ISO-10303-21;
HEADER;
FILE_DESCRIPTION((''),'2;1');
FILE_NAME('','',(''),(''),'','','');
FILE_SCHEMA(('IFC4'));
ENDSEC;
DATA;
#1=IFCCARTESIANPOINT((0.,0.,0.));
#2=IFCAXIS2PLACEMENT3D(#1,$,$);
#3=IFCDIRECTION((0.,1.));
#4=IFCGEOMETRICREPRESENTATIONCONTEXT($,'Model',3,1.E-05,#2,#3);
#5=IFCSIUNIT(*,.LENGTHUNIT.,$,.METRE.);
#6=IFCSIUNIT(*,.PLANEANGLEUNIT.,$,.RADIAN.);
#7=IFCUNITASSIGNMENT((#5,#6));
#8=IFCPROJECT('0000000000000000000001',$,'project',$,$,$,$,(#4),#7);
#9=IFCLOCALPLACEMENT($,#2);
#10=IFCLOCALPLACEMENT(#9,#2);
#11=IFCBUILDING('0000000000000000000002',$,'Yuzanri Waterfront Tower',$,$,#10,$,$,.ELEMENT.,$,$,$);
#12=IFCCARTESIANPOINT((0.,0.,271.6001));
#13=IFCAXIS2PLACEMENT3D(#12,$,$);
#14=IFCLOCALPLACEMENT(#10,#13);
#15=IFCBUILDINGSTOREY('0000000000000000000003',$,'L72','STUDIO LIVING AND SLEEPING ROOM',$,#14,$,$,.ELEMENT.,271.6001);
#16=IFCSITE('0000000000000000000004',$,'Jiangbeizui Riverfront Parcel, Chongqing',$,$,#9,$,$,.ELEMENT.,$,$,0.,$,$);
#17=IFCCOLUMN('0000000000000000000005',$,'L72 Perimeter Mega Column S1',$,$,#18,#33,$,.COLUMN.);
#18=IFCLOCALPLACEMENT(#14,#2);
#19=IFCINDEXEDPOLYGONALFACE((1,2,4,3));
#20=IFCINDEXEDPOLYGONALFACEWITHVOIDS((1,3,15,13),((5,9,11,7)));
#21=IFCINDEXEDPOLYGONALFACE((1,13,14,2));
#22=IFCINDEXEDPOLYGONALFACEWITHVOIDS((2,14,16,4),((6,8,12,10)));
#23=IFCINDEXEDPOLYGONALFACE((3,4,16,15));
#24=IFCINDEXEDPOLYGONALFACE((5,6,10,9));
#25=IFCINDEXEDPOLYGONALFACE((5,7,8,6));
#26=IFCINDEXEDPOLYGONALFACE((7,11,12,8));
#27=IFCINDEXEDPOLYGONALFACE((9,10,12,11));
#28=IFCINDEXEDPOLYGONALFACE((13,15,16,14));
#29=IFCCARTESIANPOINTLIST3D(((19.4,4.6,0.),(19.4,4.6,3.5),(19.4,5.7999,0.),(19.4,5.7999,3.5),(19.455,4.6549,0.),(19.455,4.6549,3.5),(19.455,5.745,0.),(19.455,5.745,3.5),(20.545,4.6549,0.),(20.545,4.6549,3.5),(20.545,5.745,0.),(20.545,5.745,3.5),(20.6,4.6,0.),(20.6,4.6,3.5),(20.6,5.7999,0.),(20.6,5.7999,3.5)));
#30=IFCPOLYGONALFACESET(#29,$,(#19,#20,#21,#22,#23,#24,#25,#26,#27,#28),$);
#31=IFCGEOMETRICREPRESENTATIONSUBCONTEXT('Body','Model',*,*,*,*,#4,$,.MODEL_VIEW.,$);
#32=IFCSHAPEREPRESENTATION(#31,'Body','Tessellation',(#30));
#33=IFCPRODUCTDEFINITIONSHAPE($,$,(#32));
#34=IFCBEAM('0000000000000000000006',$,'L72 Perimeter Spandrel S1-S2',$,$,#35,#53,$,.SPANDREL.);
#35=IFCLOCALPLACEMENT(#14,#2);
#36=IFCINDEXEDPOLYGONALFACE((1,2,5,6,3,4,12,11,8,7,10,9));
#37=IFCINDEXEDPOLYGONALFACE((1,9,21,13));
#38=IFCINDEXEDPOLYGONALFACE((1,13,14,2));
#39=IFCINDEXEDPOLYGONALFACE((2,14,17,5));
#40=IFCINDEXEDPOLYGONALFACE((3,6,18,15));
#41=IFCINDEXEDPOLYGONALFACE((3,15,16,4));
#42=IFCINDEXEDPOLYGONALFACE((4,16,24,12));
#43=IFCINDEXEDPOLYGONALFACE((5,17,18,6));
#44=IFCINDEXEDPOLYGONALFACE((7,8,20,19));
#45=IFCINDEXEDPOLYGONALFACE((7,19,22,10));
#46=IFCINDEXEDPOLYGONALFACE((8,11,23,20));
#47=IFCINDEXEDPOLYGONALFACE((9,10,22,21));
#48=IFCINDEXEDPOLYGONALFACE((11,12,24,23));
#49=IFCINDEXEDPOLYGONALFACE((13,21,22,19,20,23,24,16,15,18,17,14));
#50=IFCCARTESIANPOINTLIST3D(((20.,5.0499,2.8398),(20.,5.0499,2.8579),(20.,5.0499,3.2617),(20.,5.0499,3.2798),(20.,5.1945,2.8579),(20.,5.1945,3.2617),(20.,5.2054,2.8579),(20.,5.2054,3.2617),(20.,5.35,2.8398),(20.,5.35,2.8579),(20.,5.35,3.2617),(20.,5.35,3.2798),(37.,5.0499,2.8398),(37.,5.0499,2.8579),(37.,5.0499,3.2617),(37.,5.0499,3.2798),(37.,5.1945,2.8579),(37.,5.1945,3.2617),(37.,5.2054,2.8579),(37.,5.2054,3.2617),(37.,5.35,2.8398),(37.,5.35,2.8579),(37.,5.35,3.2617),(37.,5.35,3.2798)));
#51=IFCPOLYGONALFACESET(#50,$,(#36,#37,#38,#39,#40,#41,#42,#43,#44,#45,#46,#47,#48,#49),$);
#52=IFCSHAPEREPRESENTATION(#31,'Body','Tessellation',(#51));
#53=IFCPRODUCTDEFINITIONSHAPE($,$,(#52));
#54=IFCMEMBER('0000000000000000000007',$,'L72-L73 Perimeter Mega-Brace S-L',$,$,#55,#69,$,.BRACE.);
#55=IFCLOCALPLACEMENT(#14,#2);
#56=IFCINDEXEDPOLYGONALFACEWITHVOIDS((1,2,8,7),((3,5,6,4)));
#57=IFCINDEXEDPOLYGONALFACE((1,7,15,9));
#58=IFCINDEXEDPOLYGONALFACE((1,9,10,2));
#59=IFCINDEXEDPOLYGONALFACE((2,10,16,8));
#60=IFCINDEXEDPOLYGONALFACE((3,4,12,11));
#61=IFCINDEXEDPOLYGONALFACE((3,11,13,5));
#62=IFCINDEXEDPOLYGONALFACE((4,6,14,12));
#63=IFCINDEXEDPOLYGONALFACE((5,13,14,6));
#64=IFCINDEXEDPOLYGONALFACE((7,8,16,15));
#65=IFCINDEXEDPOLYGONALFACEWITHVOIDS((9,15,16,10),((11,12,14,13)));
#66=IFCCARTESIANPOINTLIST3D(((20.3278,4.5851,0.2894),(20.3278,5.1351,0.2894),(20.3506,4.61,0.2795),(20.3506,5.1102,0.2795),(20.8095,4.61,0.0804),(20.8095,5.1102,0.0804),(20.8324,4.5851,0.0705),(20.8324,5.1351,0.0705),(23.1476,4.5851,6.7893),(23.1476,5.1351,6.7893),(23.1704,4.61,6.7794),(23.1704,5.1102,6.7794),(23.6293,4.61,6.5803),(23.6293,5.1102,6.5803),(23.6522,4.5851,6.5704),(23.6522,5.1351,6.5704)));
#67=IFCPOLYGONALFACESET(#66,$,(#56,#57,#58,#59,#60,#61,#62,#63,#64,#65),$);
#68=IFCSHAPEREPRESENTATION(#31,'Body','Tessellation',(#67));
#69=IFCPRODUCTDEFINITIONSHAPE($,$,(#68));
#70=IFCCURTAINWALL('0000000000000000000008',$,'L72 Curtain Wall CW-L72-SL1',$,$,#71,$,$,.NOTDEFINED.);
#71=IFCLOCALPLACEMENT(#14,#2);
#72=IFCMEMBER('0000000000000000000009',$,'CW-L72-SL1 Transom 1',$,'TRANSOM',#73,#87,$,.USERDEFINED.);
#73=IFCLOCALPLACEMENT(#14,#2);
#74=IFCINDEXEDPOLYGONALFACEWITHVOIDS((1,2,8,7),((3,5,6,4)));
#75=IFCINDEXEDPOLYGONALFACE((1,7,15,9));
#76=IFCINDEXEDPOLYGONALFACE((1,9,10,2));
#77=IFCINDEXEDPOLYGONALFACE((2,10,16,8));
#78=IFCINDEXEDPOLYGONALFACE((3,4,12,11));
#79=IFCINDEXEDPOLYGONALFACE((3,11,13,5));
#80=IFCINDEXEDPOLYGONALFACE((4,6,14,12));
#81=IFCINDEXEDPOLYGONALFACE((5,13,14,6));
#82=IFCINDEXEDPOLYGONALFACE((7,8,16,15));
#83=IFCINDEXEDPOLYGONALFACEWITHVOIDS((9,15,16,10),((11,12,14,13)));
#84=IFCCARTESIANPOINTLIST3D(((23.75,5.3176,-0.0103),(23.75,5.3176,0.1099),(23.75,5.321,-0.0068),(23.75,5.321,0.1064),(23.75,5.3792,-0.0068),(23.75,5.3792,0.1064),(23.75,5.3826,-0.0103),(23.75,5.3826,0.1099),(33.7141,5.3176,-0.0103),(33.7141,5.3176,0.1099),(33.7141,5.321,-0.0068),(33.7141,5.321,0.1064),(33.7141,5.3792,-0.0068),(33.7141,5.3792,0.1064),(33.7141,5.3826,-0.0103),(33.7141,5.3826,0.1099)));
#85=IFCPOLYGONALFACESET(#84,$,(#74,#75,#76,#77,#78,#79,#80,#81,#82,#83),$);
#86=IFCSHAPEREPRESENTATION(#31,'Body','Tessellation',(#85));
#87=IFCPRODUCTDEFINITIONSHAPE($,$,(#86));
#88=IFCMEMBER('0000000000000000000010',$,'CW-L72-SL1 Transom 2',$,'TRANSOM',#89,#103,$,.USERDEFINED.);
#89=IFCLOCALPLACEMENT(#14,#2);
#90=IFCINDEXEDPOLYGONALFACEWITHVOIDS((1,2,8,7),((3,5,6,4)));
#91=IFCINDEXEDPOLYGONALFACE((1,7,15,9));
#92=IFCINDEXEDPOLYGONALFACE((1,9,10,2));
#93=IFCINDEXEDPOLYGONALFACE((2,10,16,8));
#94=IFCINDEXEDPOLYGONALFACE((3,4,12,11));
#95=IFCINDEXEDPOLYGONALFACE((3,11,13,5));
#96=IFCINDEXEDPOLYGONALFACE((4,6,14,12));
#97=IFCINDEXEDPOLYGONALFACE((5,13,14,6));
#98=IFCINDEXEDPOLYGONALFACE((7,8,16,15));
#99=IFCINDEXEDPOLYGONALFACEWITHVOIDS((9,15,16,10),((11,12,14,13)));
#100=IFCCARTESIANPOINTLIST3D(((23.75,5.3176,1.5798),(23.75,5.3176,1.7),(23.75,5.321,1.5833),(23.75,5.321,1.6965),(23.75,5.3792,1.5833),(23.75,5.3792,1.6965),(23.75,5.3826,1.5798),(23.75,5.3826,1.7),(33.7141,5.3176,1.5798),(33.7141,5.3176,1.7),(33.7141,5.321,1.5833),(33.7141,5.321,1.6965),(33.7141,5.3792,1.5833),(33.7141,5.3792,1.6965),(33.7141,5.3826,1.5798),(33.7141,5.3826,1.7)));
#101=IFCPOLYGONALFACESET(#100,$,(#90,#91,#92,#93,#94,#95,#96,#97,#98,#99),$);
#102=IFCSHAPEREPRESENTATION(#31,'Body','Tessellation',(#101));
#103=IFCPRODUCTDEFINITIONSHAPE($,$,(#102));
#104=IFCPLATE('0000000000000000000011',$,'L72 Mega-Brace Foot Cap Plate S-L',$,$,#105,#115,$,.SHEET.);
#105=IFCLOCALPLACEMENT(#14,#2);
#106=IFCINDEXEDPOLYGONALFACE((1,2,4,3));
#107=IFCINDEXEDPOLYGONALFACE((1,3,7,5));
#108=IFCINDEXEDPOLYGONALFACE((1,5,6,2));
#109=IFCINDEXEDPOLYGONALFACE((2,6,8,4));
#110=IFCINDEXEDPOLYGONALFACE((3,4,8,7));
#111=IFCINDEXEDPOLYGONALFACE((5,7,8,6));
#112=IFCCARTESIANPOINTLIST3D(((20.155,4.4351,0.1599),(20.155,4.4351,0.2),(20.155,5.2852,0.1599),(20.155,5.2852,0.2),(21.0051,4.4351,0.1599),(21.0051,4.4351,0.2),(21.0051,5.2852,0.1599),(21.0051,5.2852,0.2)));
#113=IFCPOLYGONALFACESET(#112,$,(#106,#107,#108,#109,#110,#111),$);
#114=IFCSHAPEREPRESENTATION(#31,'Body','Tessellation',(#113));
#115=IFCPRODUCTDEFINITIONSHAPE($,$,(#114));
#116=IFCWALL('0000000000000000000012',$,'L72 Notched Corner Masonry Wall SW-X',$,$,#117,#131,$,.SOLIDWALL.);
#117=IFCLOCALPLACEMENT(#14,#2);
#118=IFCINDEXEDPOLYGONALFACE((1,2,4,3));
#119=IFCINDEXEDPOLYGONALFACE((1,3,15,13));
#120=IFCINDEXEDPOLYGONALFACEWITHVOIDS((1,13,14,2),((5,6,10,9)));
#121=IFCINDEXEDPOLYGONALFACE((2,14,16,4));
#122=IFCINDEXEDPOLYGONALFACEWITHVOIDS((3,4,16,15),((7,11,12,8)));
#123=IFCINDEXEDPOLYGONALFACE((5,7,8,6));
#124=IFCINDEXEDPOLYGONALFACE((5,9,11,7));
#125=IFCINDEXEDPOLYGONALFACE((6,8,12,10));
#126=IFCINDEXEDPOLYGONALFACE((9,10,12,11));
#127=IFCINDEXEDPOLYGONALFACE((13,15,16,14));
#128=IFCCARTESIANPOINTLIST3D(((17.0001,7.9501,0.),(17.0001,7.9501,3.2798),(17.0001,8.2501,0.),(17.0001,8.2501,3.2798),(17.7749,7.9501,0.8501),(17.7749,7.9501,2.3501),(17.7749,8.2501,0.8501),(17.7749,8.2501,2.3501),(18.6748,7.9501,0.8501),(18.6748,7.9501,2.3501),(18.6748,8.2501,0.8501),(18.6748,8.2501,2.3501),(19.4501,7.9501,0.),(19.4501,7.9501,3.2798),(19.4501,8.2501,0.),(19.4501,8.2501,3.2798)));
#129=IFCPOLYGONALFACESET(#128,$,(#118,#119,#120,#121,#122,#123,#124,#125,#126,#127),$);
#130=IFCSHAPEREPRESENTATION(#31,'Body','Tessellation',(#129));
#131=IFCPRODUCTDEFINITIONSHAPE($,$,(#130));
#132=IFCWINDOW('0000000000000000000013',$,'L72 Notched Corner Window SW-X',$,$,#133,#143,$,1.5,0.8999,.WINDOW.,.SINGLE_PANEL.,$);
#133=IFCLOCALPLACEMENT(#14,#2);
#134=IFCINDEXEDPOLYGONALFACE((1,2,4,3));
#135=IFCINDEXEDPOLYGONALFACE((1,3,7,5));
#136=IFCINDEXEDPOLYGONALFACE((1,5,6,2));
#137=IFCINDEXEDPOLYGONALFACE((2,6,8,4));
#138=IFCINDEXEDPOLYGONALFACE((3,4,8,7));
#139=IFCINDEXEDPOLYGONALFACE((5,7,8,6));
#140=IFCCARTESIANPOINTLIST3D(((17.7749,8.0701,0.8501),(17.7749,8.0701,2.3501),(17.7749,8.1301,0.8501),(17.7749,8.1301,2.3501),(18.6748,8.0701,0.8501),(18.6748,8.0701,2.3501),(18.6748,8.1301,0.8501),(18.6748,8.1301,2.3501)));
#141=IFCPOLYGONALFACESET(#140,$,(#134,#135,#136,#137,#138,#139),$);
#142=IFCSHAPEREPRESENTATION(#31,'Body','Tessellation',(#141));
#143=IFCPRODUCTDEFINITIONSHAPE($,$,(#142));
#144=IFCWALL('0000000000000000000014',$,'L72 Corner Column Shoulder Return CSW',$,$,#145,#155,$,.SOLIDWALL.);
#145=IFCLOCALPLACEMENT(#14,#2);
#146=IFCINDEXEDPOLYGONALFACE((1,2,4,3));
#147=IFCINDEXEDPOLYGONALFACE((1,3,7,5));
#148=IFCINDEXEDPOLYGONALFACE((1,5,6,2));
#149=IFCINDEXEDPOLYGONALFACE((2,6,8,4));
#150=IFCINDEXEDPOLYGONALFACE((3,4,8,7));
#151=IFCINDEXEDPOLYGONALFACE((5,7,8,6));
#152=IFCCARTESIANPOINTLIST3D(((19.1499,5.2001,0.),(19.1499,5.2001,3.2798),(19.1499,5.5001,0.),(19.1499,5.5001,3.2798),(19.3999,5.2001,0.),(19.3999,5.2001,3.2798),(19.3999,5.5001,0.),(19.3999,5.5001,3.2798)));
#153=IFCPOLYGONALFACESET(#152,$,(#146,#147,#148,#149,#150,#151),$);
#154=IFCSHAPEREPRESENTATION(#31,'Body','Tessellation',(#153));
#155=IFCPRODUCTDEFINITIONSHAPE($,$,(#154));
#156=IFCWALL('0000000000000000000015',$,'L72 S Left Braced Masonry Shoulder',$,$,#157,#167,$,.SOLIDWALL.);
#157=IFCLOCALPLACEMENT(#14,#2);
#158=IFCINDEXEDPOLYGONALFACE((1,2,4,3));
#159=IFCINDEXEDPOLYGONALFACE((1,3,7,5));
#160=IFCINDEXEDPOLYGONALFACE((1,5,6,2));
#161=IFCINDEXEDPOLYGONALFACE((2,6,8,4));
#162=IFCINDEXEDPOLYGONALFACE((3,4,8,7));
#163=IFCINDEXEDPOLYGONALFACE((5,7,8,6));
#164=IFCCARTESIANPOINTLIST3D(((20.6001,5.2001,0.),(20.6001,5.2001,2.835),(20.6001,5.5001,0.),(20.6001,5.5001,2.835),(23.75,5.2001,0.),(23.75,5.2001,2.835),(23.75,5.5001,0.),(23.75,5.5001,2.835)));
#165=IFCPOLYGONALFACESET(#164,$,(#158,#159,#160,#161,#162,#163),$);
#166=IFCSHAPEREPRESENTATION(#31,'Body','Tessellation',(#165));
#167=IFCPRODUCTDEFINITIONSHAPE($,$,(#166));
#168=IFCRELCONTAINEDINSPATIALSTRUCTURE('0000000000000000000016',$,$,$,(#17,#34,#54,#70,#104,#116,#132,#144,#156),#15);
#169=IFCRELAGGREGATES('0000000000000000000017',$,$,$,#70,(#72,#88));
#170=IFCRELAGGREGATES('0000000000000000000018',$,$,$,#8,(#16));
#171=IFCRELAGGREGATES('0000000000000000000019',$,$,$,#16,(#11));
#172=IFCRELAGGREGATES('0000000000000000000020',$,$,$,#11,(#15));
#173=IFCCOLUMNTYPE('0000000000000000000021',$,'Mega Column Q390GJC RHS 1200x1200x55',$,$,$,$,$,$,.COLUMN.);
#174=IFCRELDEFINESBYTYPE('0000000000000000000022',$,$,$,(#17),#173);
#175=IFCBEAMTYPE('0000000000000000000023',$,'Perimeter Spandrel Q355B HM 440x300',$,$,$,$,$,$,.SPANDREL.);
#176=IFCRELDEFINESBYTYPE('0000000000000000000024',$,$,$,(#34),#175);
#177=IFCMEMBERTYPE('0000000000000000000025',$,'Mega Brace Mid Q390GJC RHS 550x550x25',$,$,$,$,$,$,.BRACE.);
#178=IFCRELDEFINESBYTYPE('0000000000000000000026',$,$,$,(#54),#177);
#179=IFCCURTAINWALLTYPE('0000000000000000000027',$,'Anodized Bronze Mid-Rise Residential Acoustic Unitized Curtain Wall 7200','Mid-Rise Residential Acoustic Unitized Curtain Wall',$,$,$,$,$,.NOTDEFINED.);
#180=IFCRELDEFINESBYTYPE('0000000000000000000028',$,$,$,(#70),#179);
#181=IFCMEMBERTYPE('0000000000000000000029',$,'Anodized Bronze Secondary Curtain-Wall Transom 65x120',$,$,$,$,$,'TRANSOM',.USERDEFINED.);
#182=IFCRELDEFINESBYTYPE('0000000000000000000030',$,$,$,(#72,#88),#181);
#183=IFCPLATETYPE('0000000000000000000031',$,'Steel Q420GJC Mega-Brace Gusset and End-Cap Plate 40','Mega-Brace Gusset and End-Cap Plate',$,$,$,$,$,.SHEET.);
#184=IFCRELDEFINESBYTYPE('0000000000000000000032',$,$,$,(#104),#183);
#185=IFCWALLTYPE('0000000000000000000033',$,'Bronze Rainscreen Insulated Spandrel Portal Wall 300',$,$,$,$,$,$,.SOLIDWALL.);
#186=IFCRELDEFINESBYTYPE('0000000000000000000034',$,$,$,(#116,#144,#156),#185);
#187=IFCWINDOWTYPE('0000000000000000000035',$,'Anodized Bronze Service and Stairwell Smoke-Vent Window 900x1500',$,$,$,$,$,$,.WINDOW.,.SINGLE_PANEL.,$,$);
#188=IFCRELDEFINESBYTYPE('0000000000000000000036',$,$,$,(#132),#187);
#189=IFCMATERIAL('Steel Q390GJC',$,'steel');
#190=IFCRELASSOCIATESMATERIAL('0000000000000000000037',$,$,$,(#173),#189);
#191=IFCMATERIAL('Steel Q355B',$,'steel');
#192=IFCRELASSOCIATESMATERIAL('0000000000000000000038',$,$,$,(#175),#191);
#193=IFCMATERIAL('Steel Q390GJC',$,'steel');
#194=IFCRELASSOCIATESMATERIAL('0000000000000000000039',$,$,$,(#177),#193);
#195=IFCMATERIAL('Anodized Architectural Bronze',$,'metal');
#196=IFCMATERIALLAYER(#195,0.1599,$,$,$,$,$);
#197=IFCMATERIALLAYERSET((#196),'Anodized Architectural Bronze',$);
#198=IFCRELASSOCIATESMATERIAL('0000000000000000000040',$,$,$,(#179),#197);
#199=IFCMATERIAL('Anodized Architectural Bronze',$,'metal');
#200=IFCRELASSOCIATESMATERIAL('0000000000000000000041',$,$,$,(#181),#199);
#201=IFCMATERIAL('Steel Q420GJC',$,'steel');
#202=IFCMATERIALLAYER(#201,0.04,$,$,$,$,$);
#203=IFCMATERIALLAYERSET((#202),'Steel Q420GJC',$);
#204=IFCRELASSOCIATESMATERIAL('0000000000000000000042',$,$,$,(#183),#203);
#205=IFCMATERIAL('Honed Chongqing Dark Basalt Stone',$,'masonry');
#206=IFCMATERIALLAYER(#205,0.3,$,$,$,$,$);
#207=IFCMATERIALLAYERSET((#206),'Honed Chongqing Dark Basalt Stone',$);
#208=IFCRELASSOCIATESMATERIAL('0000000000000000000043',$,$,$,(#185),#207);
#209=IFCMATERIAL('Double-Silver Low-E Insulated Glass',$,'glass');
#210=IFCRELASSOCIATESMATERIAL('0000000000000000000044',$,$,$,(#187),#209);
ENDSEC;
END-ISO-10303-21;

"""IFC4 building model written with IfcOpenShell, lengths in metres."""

from ifc_helpers import new_model, si_unit, direction, frame, frame_2d, origin, origin_2d, place, context, subcontext, project, spatial, rectangle, hollow_rectangle, i_section, extrude, source, transform, mapped, material, layer, layer_set, material_profile, profile_set, type_object, element, fill, aggregate, save


model = new_model("IFC4")

# Units and contexts
model_context = context("Model", 3, precision=1e-05, world=origin(), true_north=direction((0.0, 1.0)))
body_context = subcontext(model_context, "Body", "Model", "MODEL_VIEW")
ifc_project = project(units=[si_unit("LENGTHUNIT", "METRE"), si_unit("PLANEANGLEUNIT", "RADIAN")], contexts=[model_context])

# Site, building, storey
site_placement = place(None, origin())
site = spatial("IfcSite", under=ifc_project, at=site_placement, Name="Jiangbeizui Riverfront Parcel, Chongqing", CompositionType="ELEMENT", RefElevation=0.0)
building_placement = place(site_placement, origin())
building = spatial("IfcBuilding", under=site, at=building_placement, Name="Yuzanri Waterfront Tower", CompositionType="ELEMENT")
storey_placement = place(building_placement, frame((0.0, 0.0, 271.6001)))
storey = spatial("IfcBuildingStorey", under=building, at=storey_placement, Name="L72", Description="STUDIO LIVING AND SLEEPING ROOM", CompositionType="ELEMENT", Elevation=271.6001)

# Column
ifc_material_1 = material(Name="Steel Q390GJC", Category="steel")
ifc_material_profile_1 = material_profile(ifc_material_1, hollow_rectangle(XDim=1.2, YDim=1.2, WallThickness=0.0549, at=origin_2d()), Name="RHS 1200x1200x55")
ifc_profile_set_1 = profile_set([ifc_material_profile_1], Name="Steel Q390GJC")
column_type = type_object("IfcColumnType", Name="Mega Column Q390GJC RHS 1200x1200x55", PredefinedType="COLUMN", material=ifc_profile_set_1)
shared_shape_1 = source(origin(), body_context, "Body", "SweptSolid", [
    extrude(hollow_rectangle(XDim=1.2, YDim=1.2, WallThickness=0.0549, at=origin_2d()), origin(), (0.0, 0.0, 1.0), 3.5),
])
column_placement = place(storey_placement, frame((20.0, 5.2, 0.0), z_axis=(0.0, 0.0, 1.0), x_axis=(1.0, 0.0, 0.0)))
element("IfcColumn", 1, at=column_placement, inside=storey, type_object=column_type, Name="L72 Perimeter Mega Column S1", PredefinedType="COLUMN", context=body_context, shape_type="MappedRepresentation", body=[
    mapped(shared_shape_1, transform((0.0, 0.0, 0.0), scale=1.0)),
])

# Beam
ifc_material_2 = material(Name="Steel Q355B", Category="steel")
ifc_material_profile_2 = material_profile(ifc_material_2, i_section(OverallWidth=0.3, OverallDepth=0.4399, WebThickness=0.011, FlangeThickness=0.0181, at=origin_2d()), Name="HM 440x300x11x18")
ifc_profile_set_2 = profile_set([ifc_material_profile_2], Name="Steel Q355B")
beam_type = type_object("IfcBeamType", Name="Perimeter Spandrel Q355B HM 440x300", PredefinedType="SPANDREL", material=ifc_profile_set_2)
shared_shape_2 = source(origin(), body_context, "Body", "SweptSolid", [
    extrude(i_section(OverallWidth=0.3, OverallDepth=0.4399, WebThickness=0.011, FlangeThickness=0.0181, at=origin_2d()), origin(), (0.0, 0.0, 1.0), 17.0),
])
beam_placement = place(storey_placement, frame((20.0, 5.2, 3.0598), z_axis=(1.0, 0.0, 0.0), x_axis=(0.0, 1.0, 0.0)))
element("IfcBeam", 2, at=beam_placement, inside=storey, type_object=beam_type, Name="L72 Perimeter Spandrel S1-S2", PredefinedType="SPANDREL", context=body_context, shape_type="MappedRepresentation", body=[
    mapped(shared_shape_2, transform((0.0, 0.0, 0.0), scale=1.0)),
])

# Member
ifc_material_3 = material(Name="Steel Q390GJC", Category="steel")
ifc_material_profile_3 = material_profile(ifc_material_3, hollow_rectangle(XDim=0.55, YDim=0.55, WallThickness=0.0249, at=origin_2d()), Name="RHS 550x550x25")
ifc_profile_set_3 = profile_set([ifc_material_profile_3], Name="Steel Q390GJC")
member_type_1 = type_object("IfcMemberType", Name="Mega Brace Mid Q390GJC RHS 550x550x25", PredefinedType="BRACE", material=ifc_profile_set_3)
shared_shape_3 = source(origin(), body_context, "Body", "SweptSolid", [
    extrude(hollow_rectangle(XDim=0.55, YDim=0.55, WallThickness=0.0249, at=origin_2d()), origin(), (0.0, 0.0, 1.0), 7.0852),
])
member_1_placement = place(storey_placement, frame((20.5801, 4.8601, 0.1799), z_axis=(0.397983, 0.0, 0.917393), x_axis=(0.0, 1.0, 0.0)))
element("IfcMember", 3, at=member_1_placement, inside=storey, type_object=member_type_1, Name="L72-L73 Perimeter Mega-Brace S-L", PredefinedType="BRACE", context=body_context, shape_type="MappedRepresentation", body=[
    mapped(shared_shape_3, transform((0.0, 0.0, 0.0), scale=1.0)),
])

# Curtain wall, members
ifc_material_4 = material(Name="Anodized Architectural Bronze", Category="metal")
ifc_layer_1 = layer(ifc_material_4, 0.1599)
ifc_layer_set_1 = layer_set([ifc_layer_1], Name="Anodized Architectural Bronze")
curtain_wall_type = type_object("IfcCurtainWallType", Name="Anodized Bronze Mid-Rise Residential Acoustic Unitized Curtain Wall 7200", Description="Mid-Rise Residential Acoustic Unitized Curtain Wall", PredefinedType="NOTDEFINED", material=ifc_layer_set_1)
curtain_wall_placement = place(storey_placement, origin())
curtain_wall = element("IfcCurtainWall", 4, at=curtain_wall_placement, inside=storey, type_object=curtain_wall_type, Name="L72 Curtain Wall CW-L72-SL1", PredefinedType="NOTDEFINED")
ifc_material_5 = material(Name="Anodized Architectural Bronze", Category="metal")
ifc_material_profile_4 = material_profile(ifc_material_5, hollow_rectangle(XDim=0.0649, YDim=0.1201, WallThickness=0.0034, at=origin_2d()), Name="CWT 65x120")
ifc_profile_set_4 = profile_set([ifc_material_profile_4], Name="Anodized Architectural Bronze")
member_type_2 = type_object("IfcMemberType", Name="Anodized Bronze Secondary Curtain-Wall Transom 65x120", ElementType="TRANSOM", PredefinedType="USERDEFINED", material=ifc_profile_set_4)
shared_shape_4 = source(origin(), body_context, "Body", "SweptSolid", [
    extrude(hollow_rectangle(XDim=0.0649, YDim=0.1201, WallThickness=0.0034, at=origin_2d()), origin(), (0.0, 0.0, 1.0), 9.9641),
])
member_2_placement = place(storey_placement, frame((23.75, 5.3501, 0.0498), z_axis=(1.0, 0.0, 0.0), x_axis=(0.0, 1.0, 0.0)))
member_2 = element("IfcMember", 5, at=member_2_placement, type_object=member_type_2, Name="CW-L72-SL1 Transom 1", ObjectType="TRANSOM", PredefinedType="USERDEFINED", context=body_context, shape_type="MappedRepresentation", body=[
    mapped(shared_shape_4, transform((0.0, 0.0, 0.0), scale=1.0)),
])
member_3_placement = place(storey_placement, frame((23.75, 5.3501, 1.6399), z_axis=(1.0, 0.0, 0.0), x_axis=(0.0, 1.0, 0.0)))
member_3 = element("IfcMember", 6, at=member_3_placement, type_object=member_type_2, Name="CW-L72-SL1 Transom 2", ObjectType="TRANSOM", PredefinedType="USERDEFINED", context=body_context, shape_type="MappedRepresentation", body=[
    mapped(shared_shape_4, transform((0.0, 0.0, 0.0), scale=1.0)),
])
aggregate(curtain_wall, [member_2, member_3])

# Plate
ifc_material_6 = material(Name="Steel Q420GJC", Category="steel")
ifc_layer_2 = layer(ifc_material_6, 0.04)
ifc_layer_set_2 = layer_set([ifc_layer_2], Name="Steel Q420GJC")
plate_type = type_object("IfcPlateType", Name="Steel Q420GJC Mega-Brace Gusset and End-Cap Plate 40", Description="Mega-Brace Gusset and End-Cap Plate", PredefinedType="SHEET", material=ifc_layer_set_2)
shared_shape_5 = source(origin(), body_context, "Body", "SweptSolid", [
    extrude(rectangle(XDim=0.8501, YDim=0.8501, at=origin_2d()), origin(), (0.0, 0.0, 1.0), 0.04),
])
plate_placement = place(storey_placement, frame((20.5801, 4.8601, 0.1599), z_axis=(0.0, 0.0, 1.0), x_axis=(1.0, 0.0, 0.0)))
element("IfcPlate", 7, at=plate_placement, inside=storey, type_object=plate_type, Name="L72 Mega-Brace Foot Cap Plate S-L", PredefinedType="SHEET", context=body_context, shape_type="MappedRepresentation", body=[
    mapped(shared_shape_5, transform((0.0, 0.0, 0.0), scale=1.0)),
])

# Wall, opening, window
ifc_material_7 = material(Name="Honed Chongqing Dark Basalt Stone", Category="masonry")
ifc_layer_3 = layer(ifc_material_7, 0.3)
ifc_layer_set_3 = layer_set([ifc_layer_3], Name="Honed Chongqing Dark Basalt Stone")
wall_type_1 = type_object("IfcWallType", Name="Bronze Rainscreen Insulated Spandrel Portal Wall 300", PredefinedType="SOLIDWALL", material=ifc_layer_set_3)
wall_1_placement = place(storey_placement, frame((17.0, 8.1001, 0.0), z_axis=(0.0, 0.0, 1.0), x_axis=(1.0, 0.0, 0.0)))
wall_1 = element("IfcWall", 8, at=wall_1_placement, inside=storey, type_object=wall_type_1, Name="L72 Notched Corner Masonry Wall SW-X", PredefinedType="SOLIDWALL", context=body_context, shape_type="SweptSolid", body=[
    extrude(rectangle(XDim=2.45, YDim=0.3, at=frame_2d((1.2251, 0.0))), origin(), (0.0, 0.0, 1.0), 3.2798),
])
opening_placement = place(wall_1_placement, frame((0.7749, 0.0, 0.8501)))
opening = element("IfcOpeningElement", 9, at=opening_placement, cuts=wall_1, PredefinedType="OPENING", context=body_context, shape_type="SweptSolid", body=[
    extrude(rectangle(XDim=0.8999, YDim=1.5, at=frame_2d((0.45, 0.75))), frame((0.0, 0.165, 0.0), z_axis=(0.0, -1.0, 0.0), x_axis=(1.0, 0.0, 0.0)), (0.0, 0.0, 1.0), 0.3298),
])
ifc_material_8 = material(Name="Double-Silver Low-E Insulated Glass", Category="glass")
window_type = type_object("IfcWindowType", Name="Anodized Bronze Service and Stairwell Smoke-Vent Window 900x1500", PartitioningType="SINGLE_PANEL", PredefinedType="WINDOW", material=ifc_material_8)
shared_shape_6 = source(origin(), body_context, "Body", "SweptSolid", [
    extrude(rectangle(XDim=0.8999, YDim=1.5, at=frame_2d((0.45, 0.75))), frame((0.0, 0.03, 0.0), z_axis=(0.0, -1.0, 0.0), x_axis=(1.0, 0.0, 0.0)), (0.0, 0.0, 1.0), 0.0601),
])
window_placement = place(opening_placement, origin())
window = element("IfcWindow", 10, at=window_placement, inside=storey, type_object=window_type, Name="L72 Notched Corner Window SW-X", OverallHeight=1.5, OverallWidth=0.8999, PartitioningType="SINGLE_PANEL", PredefinedType="WINDOW", context=body_context, shape_type="MappedRepresentation", body=[
    mapped(shared_shape_6, transform((0.0, 0.0, 0.0), scale=1.0)),
])
fill(opening, window)

# Walls
shared_shape_7 = source(origin(), body_context, "Body", "SweptSolid", [
    extrude(rectangle(XDim=0.25, YDim=0.3, at=frame_2d((0.125, 0.0))), origin(), (0.0, 0.0, 1.0), 3.2798),
])
wall_2_placement = place(storey_placement, frame((19.1499, 5.3501, 0.0), z_axis=(0.0, 0.0, 1.0), x_axis=(1.0, 0.0, 0.0)))
element("IfcWall", 11, at=wall_2_placement, inside=storey, type_object=wall_type_1, Name="L72 Corner Column Shoulder Return CSW", PredefinedType="SOLIDWALL", context=body_context, shape_type="MappedRepresentation", body=[
    mapped(shared_shape_7, transform((0.0, 0.0, 0.0), scale=1.0)),
])
shared_shape_8 = source(origin(), body_context, "Body", "SweptSolid", [
    extrude(rectangle(XDim=3.1499, YDim=0.3, at=frame_2d((1.575, 0.0))), origin(), (0.0, 0.0, 1.0), 2.835),
])
wall_3_placement = place(storey_placement, frame((20.6001, 5.3501, 0.0), z_axis=(0.0, 0.0, 1.0), x_axis=(1.0, 0.0, 0.0)))
element("IfcWall", 12, at=wall_3_placement, inside=storey, type_object=wall_type_1, Name="L72 S Left Braced Masonry Shoulder", PredefinedType="SOLIDWALL", context=body_context, shape_type="MappedRepresentation", body=[
    mapped(shared_shape_8, transform((0.0, 0.0, 0.0), scale=1.0)),
])

save(model, "model.ifc")
